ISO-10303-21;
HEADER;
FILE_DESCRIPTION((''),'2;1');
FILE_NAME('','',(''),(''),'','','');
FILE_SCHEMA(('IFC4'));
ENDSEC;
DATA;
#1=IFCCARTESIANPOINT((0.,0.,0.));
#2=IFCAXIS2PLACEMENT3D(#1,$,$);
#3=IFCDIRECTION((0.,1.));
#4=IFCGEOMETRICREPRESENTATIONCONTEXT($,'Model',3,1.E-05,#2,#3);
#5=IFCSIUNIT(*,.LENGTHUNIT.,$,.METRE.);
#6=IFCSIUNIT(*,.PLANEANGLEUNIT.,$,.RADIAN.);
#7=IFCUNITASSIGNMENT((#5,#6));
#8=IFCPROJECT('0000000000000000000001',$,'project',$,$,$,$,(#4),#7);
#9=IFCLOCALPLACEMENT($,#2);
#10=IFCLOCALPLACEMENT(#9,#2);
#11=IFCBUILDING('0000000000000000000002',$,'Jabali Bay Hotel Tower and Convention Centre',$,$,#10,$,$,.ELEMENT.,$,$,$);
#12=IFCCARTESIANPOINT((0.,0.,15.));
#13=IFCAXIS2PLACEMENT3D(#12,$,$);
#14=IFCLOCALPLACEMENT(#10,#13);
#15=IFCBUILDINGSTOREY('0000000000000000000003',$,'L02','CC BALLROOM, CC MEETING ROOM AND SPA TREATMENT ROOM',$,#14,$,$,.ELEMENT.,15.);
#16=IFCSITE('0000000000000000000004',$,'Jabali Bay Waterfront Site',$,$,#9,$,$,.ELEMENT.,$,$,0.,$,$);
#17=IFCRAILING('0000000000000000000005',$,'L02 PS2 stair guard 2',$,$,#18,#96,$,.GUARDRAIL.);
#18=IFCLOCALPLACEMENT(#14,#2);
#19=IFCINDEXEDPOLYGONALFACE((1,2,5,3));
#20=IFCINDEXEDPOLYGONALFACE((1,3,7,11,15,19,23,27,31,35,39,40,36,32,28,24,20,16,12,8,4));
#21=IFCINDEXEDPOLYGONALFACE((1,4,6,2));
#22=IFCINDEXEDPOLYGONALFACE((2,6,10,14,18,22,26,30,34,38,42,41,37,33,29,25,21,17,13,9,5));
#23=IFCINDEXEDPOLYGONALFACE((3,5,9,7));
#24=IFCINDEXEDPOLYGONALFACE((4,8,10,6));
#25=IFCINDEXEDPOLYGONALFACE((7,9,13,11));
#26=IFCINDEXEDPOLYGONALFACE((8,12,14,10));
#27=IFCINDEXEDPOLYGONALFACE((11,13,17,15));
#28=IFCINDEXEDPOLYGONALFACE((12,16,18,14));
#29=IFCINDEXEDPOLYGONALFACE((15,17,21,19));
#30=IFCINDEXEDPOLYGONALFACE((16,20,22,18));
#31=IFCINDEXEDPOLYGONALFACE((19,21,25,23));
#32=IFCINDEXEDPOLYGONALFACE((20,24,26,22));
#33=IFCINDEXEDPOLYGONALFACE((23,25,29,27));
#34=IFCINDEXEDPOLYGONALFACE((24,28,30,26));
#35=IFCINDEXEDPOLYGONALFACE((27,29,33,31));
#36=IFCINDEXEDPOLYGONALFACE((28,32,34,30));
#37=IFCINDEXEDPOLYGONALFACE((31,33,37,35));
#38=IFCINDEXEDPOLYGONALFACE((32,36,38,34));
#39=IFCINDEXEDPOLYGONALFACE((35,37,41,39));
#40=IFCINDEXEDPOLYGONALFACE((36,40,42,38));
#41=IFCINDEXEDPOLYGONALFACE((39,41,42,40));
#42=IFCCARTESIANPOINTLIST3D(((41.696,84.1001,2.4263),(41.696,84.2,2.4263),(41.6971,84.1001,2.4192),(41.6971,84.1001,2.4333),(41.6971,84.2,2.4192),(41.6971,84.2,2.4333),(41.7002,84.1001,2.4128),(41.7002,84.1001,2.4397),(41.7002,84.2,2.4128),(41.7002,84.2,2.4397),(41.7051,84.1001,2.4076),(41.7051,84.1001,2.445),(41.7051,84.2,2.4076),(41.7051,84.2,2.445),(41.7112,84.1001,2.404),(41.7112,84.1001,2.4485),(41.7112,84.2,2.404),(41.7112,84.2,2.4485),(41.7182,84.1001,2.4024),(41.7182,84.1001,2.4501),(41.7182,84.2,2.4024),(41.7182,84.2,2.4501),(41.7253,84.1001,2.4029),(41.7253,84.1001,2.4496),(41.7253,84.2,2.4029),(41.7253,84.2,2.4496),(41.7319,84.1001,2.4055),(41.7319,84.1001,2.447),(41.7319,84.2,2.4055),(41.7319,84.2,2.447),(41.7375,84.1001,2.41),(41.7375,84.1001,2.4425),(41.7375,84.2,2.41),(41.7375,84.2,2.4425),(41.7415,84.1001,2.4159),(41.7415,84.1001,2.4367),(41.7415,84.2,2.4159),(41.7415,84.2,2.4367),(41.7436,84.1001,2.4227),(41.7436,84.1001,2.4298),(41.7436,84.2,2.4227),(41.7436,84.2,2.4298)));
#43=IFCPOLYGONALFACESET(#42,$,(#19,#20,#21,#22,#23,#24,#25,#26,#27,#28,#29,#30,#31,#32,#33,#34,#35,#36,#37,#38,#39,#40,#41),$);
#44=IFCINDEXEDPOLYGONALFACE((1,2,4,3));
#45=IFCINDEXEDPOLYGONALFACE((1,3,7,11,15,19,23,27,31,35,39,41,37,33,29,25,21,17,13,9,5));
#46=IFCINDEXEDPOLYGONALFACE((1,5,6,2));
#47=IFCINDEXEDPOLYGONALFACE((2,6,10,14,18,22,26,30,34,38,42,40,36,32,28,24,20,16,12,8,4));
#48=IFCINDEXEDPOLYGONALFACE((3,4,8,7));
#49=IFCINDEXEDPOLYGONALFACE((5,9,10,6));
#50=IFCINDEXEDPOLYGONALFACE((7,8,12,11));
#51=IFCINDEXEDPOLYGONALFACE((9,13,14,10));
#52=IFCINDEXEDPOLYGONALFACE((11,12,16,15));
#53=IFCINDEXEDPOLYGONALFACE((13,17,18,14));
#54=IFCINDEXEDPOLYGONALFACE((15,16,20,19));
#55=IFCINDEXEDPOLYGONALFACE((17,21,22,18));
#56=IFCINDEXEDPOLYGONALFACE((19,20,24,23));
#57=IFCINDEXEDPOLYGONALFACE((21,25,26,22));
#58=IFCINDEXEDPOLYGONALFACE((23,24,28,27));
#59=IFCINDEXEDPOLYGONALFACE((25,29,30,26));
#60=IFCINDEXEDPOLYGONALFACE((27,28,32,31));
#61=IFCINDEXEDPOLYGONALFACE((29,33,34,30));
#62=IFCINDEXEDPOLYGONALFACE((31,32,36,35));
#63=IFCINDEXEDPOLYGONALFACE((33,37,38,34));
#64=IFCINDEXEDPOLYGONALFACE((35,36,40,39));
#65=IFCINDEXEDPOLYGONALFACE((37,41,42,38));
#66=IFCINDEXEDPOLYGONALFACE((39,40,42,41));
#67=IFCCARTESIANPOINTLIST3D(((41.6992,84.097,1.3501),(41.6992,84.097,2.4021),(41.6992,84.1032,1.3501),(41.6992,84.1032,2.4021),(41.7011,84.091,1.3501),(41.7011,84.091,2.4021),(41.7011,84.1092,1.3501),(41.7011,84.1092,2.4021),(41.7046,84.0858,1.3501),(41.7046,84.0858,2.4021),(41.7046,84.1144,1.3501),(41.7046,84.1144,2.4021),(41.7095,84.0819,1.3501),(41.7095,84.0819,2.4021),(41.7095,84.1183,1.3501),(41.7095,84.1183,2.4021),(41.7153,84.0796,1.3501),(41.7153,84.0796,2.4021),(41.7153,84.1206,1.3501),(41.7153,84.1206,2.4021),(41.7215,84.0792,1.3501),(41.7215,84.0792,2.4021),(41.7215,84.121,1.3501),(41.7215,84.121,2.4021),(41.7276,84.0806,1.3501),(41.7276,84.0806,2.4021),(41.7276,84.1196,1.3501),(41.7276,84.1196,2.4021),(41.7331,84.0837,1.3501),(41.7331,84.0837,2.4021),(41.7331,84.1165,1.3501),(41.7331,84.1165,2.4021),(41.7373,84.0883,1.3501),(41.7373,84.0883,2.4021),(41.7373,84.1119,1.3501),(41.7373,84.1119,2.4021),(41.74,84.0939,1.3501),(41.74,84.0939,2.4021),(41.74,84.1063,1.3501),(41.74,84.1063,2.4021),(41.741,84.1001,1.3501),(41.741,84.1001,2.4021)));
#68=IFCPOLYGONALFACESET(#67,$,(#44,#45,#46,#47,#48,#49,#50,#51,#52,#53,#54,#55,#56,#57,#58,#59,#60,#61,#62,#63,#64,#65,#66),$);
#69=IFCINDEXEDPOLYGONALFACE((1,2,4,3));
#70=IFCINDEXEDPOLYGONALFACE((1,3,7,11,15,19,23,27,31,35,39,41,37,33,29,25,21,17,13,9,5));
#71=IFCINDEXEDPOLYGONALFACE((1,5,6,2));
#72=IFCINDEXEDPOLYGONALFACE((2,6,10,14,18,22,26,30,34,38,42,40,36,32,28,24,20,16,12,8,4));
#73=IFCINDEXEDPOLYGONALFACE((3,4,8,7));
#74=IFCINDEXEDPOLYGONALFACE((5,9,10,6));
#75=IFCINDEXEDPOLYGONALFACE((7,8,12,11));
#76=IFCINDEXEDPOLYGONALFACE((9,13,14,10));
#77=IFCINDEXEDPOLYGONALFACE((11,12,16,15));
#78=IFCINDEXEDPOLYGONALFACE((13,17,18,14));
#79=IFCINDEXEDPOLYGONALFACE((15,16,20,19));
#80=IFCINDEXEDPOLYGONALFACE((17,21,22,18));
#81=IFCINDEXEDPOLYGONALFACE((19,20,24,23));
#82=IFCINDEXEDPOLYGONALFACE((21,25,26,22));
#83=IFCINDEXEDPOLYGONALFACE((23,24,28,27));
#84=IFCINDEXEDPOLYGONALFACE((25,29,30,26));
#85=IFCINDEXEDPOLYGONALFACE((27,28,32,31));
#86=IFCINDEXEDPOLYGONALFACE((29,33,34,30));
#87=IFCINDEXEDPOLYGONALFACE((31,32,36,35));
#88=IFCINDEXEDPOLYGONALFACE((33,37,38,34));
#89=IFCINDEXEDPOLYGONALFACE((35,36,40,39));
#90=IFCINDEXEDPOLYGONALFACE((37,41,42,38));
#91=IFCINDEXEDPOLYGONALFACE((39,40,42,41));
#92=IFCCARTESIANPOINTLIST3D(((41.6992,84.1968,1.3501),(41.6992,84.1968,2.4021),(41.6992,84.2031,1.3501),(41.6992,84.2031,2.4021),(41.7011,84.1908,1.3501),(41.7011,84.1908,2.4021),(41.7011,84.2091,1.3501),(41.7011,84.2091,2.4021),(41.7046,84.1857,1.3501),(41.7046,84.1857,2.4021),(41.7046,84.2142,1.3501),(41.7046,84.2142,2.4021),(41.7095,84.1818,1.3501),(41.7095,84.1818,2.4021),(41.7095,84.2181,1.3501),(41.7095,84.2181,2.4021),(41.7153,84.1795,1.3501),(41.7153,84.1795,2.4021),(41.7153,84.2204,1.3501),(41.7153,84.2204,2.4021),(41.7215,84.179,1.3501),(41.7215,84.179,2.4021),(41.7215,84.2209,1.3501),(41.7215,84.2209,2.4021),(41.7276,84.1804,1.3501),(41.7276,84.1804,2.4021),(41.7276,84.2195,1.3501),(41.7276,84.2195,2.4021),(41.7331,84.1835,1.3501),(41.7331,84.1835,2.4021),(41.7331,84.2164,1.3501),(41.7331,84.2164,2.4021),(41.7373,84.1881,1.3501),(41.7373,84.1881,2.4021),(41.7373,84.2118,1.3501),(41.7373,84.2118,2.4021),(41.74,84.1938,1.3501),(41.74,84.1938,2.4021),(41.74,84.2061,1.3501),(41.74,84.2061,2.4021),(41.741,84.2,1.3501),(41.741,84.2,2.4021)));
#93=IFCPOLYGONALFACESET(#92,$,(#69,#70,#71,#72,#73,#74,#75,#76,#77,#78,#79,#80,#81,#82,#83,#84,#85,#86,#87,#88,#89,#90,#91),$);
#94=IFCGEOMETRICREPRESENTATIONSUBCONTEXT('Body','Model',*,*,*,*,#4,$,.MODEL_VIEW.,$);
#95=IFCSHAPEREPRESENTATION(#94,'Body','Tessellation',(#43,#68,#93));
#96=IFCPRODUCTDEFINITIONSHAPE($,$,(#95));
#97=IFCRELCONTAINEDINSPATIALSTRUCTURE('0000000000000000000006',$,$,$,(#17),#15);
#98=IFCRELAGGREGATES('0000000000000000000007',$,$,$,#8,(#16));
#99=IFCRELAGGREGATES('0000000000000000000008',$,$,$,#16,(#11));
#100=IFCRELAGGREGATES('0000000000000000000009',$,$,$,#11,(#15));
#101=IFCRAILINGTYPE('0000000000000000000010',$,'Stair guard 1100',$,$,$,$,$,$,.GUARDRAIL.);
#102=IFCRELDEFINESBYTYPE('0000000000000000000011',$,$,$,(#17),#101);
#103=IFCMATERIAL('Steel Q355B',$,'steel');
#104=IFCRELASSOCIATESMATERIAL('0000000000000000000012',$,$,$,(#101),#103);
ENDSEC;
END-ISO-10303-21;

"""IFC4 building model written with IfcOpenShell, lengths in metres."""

from ifc_helpers import new_model, si_unit, direction, frame, origin, origin_2d, place, context, subcontext, project, spatial, circle, extrude, material, type_object, element, save


model = new_model("IFC4")

# Units and contexts
model_context = context("Model", 3, precision=1e-05, world=origin(), true_north=direction((0.0, 1.0)))
body_context = subcontext(model_context, "Body", "Model", "MODEL_VIEW")
ifc_project = project(units=[si_unit("LENGTHUNIT", "METRE"), si_unit("PLANEANGLEUNIT", "RADIAN")], contexts=[model_context])

# Site, building, storey
site_placement = place(None, origin())
site = spatial("IfcSite", under=ifc_project, at=site_placement, Name="Jabali Bay Waterfront Site", CompositionType="ELEMENT", RefElevation=0.0)
building_placement = place(site_placement, origin())
building = spatial("IfcBuilding", under=site, at=building_placement, Name="Jabali Bay Hotel Tower and Convention Centre", CompositionType="ELEMENT")
storey_placement = place(building_placement, frame((0.0, 0.0, 15.0)))
storey = spatial("IfcBuildingStorey", under=building, at=storey_placement, Name="L02", Description="CC BALLROOM, CC MEETING ROOM AND SPA TREATMENT ROOM", CompositionType="ELEMENT", Elevation=15.0)

# Railing
ifc_material_1 = material(Name="Steel Q355B", Category="steel")
railing_type_1 = type_object("IfcRailingType", Name="Stair guard 1100", PredefinedType="GUARDRAIL", material=ifc_material_1)
railing_1_placement = place(storey_placement, frame((41.72, 84.1001, 1.3501)))
element("IfcRailing", 1, at=railing_1_placement, inside=storey, type_object=railing_type_1, Name="L02 PS2 stair guard 2", PredefinedType="GUARDRAIL", context=body_context, shape_type="SweptSolid", body=[
    extrude(circle(Radius=0.0239, at=origin_2d()), frame((0.0, 0.0, 1.0762), z_axis=(0.0, 1.0, 0.0), x_axis=(-1.0, 0.0, 0.0)), (0.0, 0.0, 1.0), 0.0999),
    extrude(circle(Radius=0.021, at=origin_2d()), origin(), (0.0, 0.0, 1.0), 1.052),
    extrude(circle(Radius=0.021, at=origin_2d()), frame((0.0, 0.0999, 0.0)), (0.0, 0.0, 1.0), 1.052),
])

save(model, "model.ifc")
